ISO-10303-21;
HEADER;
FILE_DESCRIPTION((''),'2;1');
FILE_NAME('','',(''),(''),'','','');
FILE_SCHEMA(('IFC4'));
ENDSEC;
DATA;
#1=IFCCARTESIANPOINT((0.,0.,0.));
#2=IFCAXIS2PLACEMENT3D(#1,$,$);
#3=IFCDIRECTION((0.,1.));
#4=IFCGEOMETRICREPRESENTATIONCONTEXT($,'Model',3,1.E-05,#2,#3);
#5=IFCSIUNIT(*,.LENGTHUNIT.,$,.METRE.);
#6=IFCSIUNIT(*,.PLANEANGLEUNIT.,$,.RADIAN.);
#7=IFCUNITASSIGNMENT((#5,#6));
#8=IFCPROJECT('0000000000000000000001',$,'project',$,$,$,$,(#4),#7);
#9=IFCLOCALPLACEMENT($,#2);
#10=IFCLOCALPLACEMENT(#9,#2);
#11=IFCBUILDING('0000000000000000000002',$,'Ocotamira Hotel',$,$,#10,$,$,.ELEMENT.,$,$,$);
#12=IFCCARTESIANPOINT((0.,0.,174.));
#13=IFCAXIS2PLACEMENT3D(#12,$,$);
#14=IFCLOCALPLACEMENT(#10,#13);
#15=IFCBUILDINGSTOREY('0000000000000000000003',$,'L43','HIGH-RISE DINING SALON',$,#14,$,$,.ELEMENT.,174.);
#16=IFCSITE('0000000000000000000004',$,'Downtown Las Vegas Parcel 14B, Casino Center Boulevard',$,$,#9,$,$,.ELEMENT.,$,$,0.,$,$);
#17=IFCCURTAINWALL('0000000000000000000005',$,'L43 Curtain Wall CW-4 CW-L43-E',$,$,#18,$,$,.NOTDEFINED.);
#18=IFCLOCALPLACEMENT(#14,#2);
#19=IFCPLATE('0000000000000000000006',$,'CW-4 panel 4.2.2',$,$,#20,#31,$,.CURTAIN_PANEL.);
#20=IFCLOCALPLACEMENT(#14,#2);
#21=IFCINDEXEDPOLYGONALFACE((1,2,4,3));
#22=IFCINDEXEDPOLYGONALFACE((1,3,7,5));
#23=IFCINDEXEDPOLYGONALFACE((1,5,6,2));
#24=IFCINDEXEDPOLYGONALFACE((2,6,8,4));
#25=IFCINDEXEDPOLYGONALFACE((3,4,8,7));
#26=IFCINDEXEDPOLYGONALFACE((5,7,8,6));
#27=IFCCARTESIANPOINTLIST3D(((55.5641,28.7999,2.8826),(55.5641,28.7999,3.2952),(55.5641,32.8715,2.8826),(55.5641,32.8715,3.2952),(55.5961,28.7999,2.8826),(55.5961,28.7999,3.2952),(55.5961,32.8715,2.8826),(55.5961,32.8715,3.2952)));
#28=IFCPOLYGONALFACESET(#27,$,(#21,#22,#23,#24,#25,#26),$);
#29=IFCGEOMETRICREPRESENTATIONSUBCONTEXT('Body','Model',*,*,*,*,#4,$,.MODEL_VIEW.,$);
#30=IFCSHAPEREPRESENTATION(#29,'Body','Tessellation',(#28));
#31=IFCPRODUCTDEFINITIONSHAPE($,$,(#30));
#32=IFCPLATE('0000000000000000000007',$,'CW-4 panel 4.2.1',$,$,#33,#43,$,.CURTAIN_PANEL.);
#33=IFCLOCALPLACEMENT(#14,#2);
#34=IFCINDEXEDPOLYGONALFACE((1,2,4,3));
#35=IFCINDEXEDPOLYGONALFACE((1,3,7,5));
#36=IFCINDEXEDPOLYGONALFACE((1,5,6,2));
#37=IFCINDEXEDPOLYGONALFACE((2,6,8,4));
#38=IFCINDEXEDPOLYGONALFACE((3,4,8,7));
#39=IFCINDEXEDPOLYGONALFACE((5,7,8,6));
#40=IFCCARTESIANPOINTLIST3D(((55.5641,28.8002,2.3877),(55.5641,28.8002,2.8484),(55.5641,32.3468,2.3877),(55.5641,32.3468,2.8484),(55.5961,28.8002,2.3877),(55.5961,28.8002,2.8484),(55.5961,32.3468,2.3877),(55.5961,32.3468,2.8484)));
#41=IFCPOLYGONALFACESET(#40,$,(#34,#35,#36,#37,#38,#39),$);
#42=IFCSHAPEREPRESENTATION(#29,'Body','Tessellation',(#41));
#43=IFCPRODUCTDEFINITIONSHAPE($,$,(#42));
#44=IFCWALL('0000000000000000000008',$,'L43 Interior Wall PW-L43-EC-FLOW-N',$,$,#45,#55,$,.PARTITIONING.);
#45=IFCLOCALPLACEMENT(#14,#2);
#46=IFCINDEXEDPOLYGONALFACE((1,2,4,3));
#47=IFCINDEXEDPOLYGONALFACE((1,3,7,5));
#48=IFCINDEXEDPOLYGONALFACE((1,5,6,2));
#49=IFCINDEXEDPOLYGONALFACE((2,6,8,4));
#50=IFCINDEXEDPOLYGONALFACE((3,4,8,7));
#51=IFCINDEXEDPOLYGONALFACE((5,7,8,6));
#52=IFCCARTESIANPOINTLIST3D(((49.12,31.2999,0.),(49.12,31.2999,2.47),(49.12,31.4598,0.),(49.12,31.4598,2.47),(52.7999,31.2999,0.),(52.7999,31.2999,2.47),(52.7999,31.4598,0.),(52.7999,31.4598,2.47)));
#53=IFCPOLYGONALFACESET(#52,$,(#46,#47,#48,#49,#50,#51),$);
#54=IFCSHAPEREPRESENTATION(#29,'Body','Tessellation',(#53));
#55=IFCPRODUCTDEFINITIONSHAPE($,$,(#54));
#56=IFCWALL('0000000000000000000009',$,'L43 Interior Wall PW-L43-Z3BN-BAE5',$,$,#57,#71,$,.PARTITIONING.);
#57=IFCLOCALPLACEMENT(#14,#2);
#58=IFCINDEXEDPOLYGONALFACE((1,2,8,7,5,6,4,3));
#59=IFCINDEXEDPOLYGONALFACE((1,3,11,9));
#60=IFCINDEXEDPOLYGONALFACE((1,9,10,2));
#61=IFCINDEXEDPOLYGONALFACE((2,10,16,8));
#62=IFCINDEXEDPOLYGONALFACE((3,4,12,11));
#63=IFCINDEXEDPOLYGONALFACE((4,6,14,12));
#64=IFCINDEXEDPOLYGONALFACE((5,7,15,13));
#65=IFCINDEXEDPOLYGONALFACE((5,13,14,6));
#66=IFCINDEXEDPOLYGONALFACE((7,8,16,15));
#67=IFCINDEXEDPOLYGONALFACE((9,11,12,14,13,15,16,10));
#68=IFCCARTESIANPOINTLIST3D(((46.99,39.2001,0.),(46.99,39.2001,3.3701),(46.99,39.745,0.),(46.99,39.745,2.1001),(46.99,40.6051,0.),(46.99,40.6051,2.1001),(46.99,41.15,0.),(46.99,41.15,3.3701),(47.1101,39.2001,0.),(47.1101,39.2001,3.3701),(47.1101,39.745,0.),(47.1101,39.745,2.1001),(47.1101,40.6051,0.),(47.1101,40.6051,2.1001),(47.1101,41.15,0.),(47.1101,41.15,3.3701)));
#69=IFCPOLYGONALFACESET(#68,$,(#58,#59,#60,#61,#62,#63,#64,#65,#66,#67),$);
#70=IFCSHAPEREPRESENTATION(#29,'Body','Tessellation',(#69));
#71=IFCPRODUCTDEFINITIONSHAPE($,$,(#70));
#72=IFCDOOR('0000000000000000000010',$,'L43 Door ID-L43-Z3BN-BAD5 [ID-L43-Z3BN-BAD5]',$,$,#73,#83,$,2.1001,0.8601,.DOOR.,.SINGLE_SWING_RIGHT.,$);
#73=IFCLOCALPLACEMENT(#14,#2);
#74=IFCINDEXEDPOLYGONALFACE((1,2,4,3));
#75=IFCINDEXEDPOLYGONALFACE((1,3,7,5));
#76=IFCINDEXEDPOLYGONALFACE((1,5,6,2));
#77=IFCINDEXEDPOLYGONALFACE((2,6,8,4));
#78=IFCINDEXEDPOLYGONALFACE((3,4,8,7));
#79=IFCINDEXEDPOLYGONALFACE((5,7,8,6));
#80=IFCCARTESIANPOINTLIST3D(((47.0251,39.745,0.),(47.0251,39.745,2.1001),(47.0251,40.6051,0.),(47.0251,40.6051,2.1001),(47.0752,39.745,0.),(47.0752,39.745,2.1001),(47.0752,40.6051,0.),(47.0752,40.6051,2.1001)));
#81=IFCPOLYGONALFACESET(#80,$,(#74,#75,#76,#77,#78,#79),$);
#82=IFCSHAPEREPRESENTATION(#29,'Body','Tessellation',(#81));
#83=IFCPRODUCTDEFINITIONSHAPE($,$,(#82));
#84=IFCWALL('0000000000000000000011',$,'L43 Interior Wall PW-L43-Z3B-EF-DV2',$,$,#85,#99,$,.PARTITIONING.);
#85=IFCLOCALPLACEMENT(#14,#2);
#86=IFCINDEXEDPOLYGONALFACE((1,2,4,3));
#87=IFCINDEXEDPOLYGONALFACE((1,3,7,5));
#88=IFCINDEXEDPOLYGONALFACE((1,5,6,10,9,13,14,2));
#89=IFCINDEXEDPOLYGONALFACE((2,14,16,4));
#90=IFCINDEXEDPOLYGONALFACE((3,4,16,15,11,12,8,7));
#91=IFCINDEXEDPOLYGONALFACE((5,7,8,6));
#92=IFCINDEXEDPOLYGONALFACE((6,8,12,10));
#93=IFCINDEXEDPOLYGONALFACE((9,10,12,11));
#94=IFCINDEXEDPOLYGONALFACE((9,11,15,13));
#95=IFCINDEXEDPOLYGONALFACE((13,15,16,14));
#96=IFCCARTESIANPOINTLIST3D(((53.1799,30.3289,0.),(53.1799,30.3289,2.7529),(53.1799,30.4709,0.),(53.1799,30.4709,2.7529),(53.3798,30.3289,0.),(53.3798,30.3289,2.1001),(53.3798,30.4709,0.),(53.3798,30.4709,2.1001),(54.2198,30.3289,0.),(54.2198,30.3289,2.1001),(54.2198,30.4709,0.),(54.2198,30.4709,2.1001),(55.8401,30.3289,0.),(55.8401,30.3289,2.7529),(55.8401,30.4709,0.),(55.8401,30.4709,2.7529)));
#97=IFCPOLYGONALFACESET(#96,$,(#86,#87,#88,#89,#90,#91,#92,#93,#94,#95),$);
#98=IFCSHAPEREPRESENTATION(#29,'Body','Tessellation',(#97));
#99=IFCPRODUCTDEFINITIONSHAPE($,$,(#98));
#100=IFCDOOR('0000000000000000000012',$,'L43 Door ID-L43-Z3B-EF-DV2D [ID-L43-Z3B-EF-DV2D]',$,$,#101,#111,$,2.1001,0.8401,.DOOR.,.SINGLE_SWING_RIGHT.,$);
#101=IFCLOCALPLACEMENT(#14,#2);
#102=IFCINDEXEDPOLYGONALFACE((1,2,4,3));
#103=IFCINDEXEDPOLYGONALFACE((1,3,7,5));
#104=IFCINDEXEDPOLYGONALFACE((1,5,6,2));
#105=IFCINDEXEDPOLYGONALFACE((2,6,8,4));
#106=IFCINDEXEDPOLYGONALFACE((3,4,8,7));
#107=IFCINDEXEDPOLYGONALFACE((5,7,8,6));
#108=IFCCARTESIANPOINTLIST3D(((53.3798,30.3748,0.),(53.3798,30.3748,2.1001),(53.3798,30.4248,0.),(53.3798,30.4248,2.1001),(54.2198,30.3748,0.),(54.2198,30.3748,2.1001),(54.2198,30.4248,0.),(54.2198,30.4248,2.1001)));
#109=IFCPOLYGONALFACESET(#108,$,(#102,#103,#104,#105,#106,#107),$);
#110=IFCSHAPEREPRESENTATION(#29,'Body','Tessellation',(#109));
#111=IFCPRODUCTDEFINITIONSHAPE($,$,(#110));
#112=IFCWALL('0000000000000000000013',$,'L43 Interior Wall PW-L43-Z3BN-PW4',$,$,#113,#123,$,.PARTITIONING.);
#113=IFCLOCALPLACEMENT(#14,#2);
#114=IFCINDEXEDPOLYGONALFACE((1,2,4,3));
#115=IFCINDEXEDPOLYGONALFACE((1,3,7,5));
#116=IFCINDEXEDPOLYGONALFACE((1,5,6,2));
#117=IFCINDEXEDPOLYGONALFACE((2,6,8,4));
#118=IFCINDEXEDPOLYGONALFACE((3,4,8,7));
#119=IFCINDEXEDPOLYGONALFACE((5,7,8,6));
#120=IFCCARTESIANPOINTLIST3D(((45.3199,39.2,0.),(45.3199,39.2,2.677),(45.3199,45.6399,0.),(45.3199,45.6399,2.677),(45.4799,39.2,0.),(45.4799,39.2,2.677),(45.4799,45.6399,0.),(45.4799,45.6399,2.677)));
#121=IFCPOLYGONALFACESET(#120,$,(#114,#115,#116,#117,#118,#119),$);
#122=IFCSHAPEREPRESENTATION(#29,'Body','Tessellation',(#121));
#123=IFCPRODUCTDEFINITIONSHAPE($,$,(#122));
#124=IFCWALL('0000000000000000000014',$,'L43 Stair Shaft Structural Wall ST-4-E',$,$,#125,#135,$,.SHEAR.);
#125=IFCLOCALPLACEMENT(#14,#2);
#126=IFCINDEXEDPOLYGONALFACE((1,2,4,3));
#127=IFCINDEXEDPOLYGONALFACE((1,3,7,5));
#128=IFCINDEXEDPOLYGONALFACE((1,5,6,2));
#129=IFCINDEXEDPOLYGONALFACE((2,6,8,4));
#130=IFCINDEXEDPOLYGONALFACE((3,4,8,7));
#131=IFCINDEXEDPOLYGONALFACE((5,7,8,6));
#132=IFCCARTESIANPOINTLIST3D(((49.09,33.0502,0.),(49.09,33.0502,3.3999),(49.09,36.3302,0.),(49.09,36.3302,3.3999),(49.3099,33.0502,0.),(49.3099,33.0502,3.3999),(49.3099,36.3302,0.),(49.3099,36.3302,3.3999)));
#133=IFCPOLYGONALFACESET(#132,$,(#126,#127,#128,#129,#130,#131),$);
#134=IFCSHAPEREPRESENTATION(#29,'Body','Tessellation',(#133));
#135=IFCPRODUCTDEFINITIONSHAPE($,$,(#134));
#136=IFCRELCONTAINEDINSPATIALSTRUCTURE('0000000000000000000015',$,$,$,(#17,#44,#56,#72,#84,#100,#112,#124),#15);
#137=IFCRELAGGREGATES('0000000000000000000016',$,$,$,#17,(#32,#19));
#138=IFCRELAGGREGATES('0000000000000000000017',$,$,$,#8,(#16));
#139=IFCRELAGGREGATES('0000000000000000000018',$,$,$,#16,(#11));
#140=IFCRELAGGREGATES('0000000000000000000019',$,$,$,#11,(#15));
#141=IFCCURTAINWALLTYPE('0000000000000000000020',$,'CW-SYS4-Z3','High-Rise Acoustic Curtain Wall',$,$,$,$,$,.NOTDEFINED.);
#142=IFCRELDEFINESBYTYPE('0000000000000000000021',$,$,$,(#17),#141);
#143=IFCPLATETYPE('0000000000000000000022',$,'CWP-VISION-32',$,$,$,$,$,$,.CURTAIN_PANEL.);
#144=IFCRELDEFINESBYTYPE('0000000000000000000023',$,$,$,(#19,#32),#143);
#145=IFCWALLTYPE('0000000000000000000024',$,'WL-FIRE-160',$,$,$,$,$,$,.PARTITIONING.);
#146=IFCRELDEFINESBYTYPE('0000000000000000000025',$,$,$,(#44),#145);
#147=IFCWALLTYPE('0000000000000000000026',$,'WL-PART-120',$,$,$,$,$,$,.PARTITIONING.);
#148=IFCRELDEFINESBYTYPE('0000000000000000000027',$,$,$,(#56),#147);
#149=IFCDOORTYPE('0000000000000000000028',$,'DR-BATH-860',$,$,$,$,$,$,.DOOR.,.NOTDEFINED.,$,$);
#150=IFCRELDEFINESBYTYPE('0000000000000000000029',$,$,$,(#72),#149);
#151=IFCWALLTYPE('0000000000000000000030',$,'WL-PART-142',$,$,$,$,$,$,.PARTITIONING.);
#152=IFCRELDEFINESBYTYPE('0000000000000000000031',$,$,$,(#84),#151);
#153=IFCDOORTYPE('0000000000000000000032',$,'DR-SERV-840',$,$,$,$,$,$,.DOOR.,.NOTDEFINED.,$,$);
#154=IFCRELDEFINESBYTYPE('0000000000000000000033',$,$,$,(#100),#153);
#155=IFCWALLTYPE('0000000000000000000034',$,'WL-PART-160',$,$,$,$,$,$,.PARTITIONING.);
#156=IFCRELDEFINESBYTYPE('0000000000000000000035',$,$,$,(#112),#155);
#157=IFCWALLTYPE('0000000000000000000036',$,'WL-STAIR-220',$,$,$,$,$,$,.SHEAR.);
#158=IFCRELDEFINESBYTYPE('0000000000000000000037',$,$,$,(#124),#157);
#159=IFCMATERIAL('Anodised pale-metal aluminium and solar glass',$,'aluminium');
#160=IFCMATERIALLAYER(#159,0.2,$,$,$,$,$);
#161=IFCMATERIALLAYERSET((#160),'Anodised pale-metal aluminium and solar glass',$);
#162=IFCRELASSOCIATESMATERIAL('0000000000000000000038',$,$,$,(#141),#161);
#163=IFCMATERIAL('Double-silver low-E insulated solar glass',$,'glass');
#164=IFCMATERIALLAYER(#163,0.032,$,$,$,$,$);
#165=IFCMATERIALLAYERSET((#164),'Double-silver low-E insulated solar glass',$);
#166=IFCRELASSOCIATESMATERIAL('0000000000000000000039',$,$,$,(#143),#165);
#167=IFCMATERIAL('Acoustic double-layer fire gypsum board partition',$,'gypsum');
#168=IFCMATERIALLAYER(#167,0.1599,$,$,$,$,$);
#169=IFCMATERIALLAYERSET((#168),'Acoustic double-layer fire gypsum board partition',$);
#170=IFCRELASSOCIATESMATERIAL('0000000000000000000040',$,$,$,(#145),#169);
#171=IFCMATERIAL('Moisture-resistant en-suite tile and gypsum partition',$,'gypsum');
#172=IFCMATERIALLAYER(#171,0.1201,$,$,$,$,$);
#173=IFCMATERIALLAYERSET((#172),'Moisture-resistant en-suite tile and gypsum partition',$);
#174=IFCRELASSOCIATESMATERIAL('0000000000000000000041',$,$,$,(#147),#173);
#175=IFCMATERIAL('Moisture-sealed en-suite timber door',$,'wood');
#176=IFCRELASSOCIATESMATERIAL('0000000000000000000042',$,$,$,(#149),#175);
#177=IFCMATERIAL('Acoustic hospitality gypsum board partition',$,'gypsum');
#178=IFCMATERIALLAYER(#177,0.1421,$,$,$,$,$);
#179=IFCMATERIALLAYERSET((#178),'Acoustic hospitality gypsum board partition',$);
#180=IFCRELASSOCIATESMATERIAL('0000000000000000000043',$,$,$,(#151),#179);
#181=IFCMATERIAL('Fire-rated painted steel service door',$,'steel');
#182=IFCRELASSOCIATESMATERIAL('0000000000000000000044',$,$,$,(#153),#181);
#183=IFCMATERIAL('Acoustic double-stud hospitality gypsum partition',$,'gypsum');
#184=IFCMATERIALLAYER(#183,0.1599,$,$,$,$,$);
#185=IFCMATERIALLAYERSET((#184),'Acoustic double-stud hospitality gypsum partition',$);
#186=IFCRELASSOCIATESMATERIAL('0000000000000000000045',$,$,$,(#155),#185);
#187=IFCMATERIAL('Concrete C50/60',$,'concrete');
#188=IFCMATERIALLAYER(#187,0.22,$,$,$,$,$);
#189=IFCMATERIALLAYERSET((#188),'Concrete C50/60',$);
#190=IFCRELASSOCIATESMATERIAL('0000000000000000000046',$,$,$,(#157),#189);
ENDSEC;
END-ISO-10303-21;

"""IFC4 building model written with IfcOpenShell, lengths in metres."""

from ifc_helpers import new_model, si_unit, direction, frame, frame_2d, origin, origin_2d, place, context, subcontext, project, spatial, rectangle, extrude, source, transform, mapped, material, layer, layer_set, type_object, element, fill, aggregate, save


model = new_model("IFC4")

# Units and contexts
model_context = context("Model", 3, precision=1e-05, world=origin(), true_north=direction((0.0, 1.0)))
body_context = subcontext(model_context, "Body", "Model", "MODEL_VIEW")
ifc_project = project(units=[si_unit("LENGTHUNIT", "METRE"), si_unit("PLANEANGLEUNIT", "RADIAN")], contexts=[model_context])

# Site, building, storey
site_placement = place(None, origin())
site = spatial("IfcSite", under=ifc_project, at=site_placement, Name="Downtown Las Vegas Parcel 14B, Casino Center Boulevard", CompositionType="ELEMENT", RefElevation=0.0)
building_placement = place(site_placement, origin())
building = spatial("IfcBuilding", under=site, at=building_placement, Name="Ocotamira Hotel", CompositionType="ELEMENT")
storey_placement = place(building_placement, frame((0.0, 0.0, 174.0)))
storey = spatial("IfcBuildingStorey", under=building, at=storey_placement, Name="L43", Description="HIGH-RISE DINING SALON", CompositionType="ELEMENT", Elevation=174.0)

# Curtain wall
ifc_material_1 = material(Name="Anodised pale-metal aluminium and solar glass", Category="aluminium")
ifc_layer_1 = layer(ifc_material_1, 0.2)
ifc_layer_set_1 = layer_set([ifc_layer_1], Name="Anodised pale-metal aluminium and solar glass")
curtain_wall_type = type_object("IfcCurtainWallType", Name="CW-SYS4-Z3", Description="High-Rise Acoustic Curtain Wall", PredefinedType="NOTDEFINED", material=ifc_layer_set_1)
curtain_wall_placement = place(storey_placement, origin())
curtain_wall = element("IfcCurtainWall", 1, at=curtain_wall_placement, inside=storey, type_object=curtain_wall_type, Name="L43 Curtain Wall CW-4 CW-L43-E", PredefinedType="NOTDEFINED")

# Plates
ifc_material_2 = material(Name="Double-silver low-E insulated solar glass", Category="glass")
ifc_layer_2 = layer(ifc_material_2, 0.032)
ifc_layer_set_2 = layer_set([ifc_layer_2], Name="Double-silver low-E insulated solar glass")
plate_type_1 = type_object("IfcPlateType", Name="CWP-VISION-32", PredefinedType="CURTAIN_PANEL", material=ifc_layer_set_2)
shared_shape_1 = source(origin(), body_context, "Body", "SweptSolid", [
    extrude(rectangle(XDim=4.0715, YDim=0.032, at=origin_2d()), origin(), (0.0, 0.0, 1.0), 0.4126),
])
plate_1_placement = place(storey_placement, frame((55.5801, 30.8357, 2.8826), z_axis=(0.0, 0.0, 1.0), x_axis=(0.0, 1.0, 0.0)))
plate_1 = element("IfcPlate", 2, at=plate_1_placement, type_object=plate_type_1, Name="CW-4 panel 4.2.2", PredefinedType="CURTAIN_PANEL", context=body_context, shape_type="MappedRepresentation", body=[
    mapped(shared_shape_1, transform((0.0, 0.0, 0.0), scale=1.0)),
])
shared_shape_2 = source(origin(), body_context, "Body", "SweptSolid", [
    extrude(rectangle(XDim=3.5466, YDim=0.032, at=origin_2d()), origin(), (0.0, 0.0, 1.0), 0.4607),
])
plate_2_placement = place(storey_placement, frame((55.5801, 30.5735, 2.3877), z_axis=(0.0, 0.0, 1.0), x_axis=(0.0, 1.0, 0.0)))
plate_2 = element("IfcPlate", 3, at=plate_2_placement, type_object=plate_type_1, Name="CW-4 panel 4.2.1", PredefinedType="CURTAIN_PANEL", context=body_context, shape_type="MappedRepresentation", body=[
    mapped(shared_shape_2, transform((0.0, 0.0, 0.0), scale=1.0)),
])
aggregate(curtain_wall, [plate_2, plate_1])

# Wall
ifc_material_3 = material(Name="Acoustic double-layer fire gypsum board partition", Category="gypsum")
ifc_layer_3 = layer(ifc_material_3, 0.1599)
ifc_layer_set_3 = layer_set([ifc_layer_3], Name="Acoustic double-layer fire gypsum board partition")
wall_type_1 = type_object("IfcWallType", Name="WL-FIRE-160", PredefinedType="PARTITIONING", material=ifc_layer_set_3)
wall_1_placement = place(storey_placement, frame((49.1201, 31.3799, 0.0), z_axis=(0.0, 0.0, 1.0), x_axis=(1.0, 0.0, 0.0)))
element("IfcWall", 4, at=wall_1_placement, inside=storey, type_object=wall_type_1, Name="L43 Interior Wall PW-L43-EC-FLOW-N", PredefinedType="PARTITIONING", context=body_context, shape_type="SweptSolid", body=[
    extrude(rectangle(XDim=3.6799, YDim=0.1599, at=frame_2d((1.8398, 0.0))), origin(), (0.0, 0.0, 1.0), 2.47),
])

# Walls, openings, doors
ifc_material_4 = material(Name="Moisture-resistant en-suite tile and gypsum partition", Category="gypsum")
ifc_layer_4 = layer(ifc_material_4, 0.1201)
ifc_layer_set_4 = layer_set([ifc_layer_4], Name="Moisture-resistant en-suite tile and gypsum partition")
wall_type_2 = type_object("IfcWallType", Name="WL-PART-120", PredefinedType="PARTITIONING", material=ifc_layer_set_4)
wall_2_placement = place(storey_placement, frame((47.05, 39.2, 0.0), z_axis=(0.0, 0.0, 1.0), x_axis=(0.0, 1.0, 0.0)))
wall_2 = element("IfcWall", 5, at=wall_2_placement, inside=storey, type_object=wall_type_2, Name="L43 Interior Wall PW-L43-Z3BN-BAE5", PredefinedType="PARTITIONING", context=body_context, shape_type="SweptSolid", body=[
    extrude(rectangle(XDim=1.95, YDim=0.1201, at=frame_2d((0.9751, 0.0))), origin(), (0.0, 0.0, 1.0), 3.3701),
])
opening_1_placement = place(wall_2_placement, frame((0.5449, 0.0, 0.0)))
opening_1 = element("IfcOpeningElement", 6, at=opening_1_placement, cuts=wall_2, PredefinedType="OPENING", context=body_context, shape_type="SweptSolid", body=[
    extrude(rectangle(XDim=0.8601, YDim=2.1001, at=frame_2d((0.4302, 1.05))), frame((0.0, 0.0701, 0.0), z_axis=(0.0, -1.0, 0.0), x_axis=(1.0, 0.0, 0.0)), (0.0, 0.0, 1.0), 0.1401),
])
ifc_material_5 = material(Name="Moisture-sealed en-suite timber door", Category="wood")
door_type_1 = type_object("IfcDoorType", Name="DR-BATH-860", OperationType="NOTDEFINED", PredefinedType="DOOR", material=ifc_material_5)
shared_shape_3 = source(origin(), body_context, "Body", "SweptSolid", [
    extrude(rectangle(XDim=0.8601, YDim=2.1001, at=frame_2d((0.4302, 1.05))), frame((0.0, 0.0249, 0.0), z_axis=(0.0, -1.0, 0.0), x_axis=(1.0, 0.0, 0.0)), (0.0, 0.0, 1.0), 0.05),
])
door_1_placement = place(opening_1_placement, origin())
door_1 = element("IfcDoor", 7, at=door_1_placement, inside=storey, type_object=door_type_1, Name="L43 Door ID-L43-Z3BN-BAD5 [ID-L43-Z3BN-BAD5]", OperationType="SINGLE_SWING_RIGHT", OverallHeight=2.1001, OverallWidth=0.8601, PredefinedType="DOOR", context=body_context, shape_type="MappedRepresentation", body=[
    mapped(shared_shape_3, transform((0.0, 0.0, 0.0), scale=1.0)),
])
fill(opening_1, door_1)
ifc_material_6 = material(Name="Acoustic hospitality gypsum board partition", Category="gypsum")
ifc_layer_5 = layer(ifc_material_6, 0.1421)
ifc_layer_set_5 = layer_set([ifc_layer_5], Name="Acoustic hospitality gypsum board partition")
wall_type_3 = type_object("IfcWallType", Name="WL-PART-142", PredefinedType="PARTITIONING", material=ifc_layer_set_5)
wall_3_placement = place(storey_placement, frame((53.1799, 30.3999, 0.0), z_axis=(0.0, 0.0, 1.0), x_axis=(1.0, 0.0, 0.0)))
wall_3 = element("IfcWall", 8, at=wall_3_placement, inside=storey, type_object=wall_type_3, Name="L43 Interior Wall PW-L43-Z3B-EF-DV2", PredefinedType="PARTITIONING", context=body_context, shape_type="SweptSolid", body=[
    extrude(rectangle(XDim=2.6602, YDim=0.1421, at=frame_2d((1.3301, 0.0))), origin(), (0.0, 0.0, 1.0), 2.7529),
])
opening_2_placement = place(wall_3_placement, frame((0.2, 0.0, 0.0)))
opening_2 = element("IfcOpeningElement", 9, at=opening_2_placement, cuts=wall_3, PredefinedType="OPENING", context=body_context, shape_type="SweptSolid", body=[
    extrude(rectangle(XDim=0.8401, YDim=2.1001, at=frame_2d((0.4199, 1.05))), frame((0.0, 0.0811, 0.0), z_axis=(0.0, -1.0, 0.0), x_axis=(1.0, 0.0, 0.0)), (0.0, 0.0, 1.0), 0.1621),
])
ifc_material_7 = material(Name="Fire-rated painted steel service door", Category="steel")
door_type_2 = type_object("IfcDoorType", Name="DR-SERV-840", OperationType="NOTDEFINED", PredefinedType="DOOR", material=ifc_material_7)
shared_shape_4 = source(origin(), body_context, "Body", "SweptSolid", [
    extrude(rectangle(XDim=0.8401, YDim=2.1001, at=frame_2d((0.4199, 1.05))), frame((0.0, 0.0249, 0.0), z_axis=(0.0, -1.0, 0.0), x_axis=(1.0, 0.0, 0.0)), (0.0, 0.0, 1.0), 0.05),
])
door_2_placement = place(opening_2_placement, origin())
door_2 = element("IfcDoor", 10, at=door_2_placement, inside=storey, type_object=door_type_2, Name="L43 Door ID-L43-Z3B-EF-DV2D [ID-L43-Z3B-EF-DV2D]", OperationType="SINGLE_SWING_RIGHT", OverallHeight=2.1001, OverallWidth=0.8401, PredefinedType="DOOR", context=body_context, shape_type="MappedRepresentation", body=[
    mapped(shared_shape_4, transform((0.0, 0.0, 0.0), scale=1.0)),
])
fill(opening_2, door_2)

# Walls
ifc_material_8 = material(Name="Acoustic double-stud hospitality gypsum partition", Category="gypsum")
ifc_layer_6 = layer(ifc_material_8, 0.1599)
ifc_layer_set_6 = layer_set([ifc_layer_6], Name="Acoustic double-stud hospitality gypsum partition")
wall_type_4 = type_object("IfcWallType", Name="WL-PART-160", PredefinedType="PARTITIONING", material=ifc_layer_set_6)
wall_4_placement = place(storey_placement, frame((45.3999, 39.2, 0.0), z_axis=(0.0, 0.0, 1.0), x_axis=(0.0, 1.0, 0.0)))
element("IfcWall", 11, at=wall_4_placement, inside=storey, type_object=wall_type_4, Name="L43 Interior Wall PW-L43-Z3BN-PW4", PredefinedType="PARTITIONING", context=body_context, shape_type="SweptSolid", body=[
    extrude(rectangle(XDim=6.4399, YDim=0.1599, at=frame_2d((3.22, 0.0))), origin(), (0.0, 0.0, 1.0), 2.677),
])
ifc_material_9 = material(Name="Concrete C50/60", Category="concrete")
ifc_layer_7 = layer(ifc_material_9, 0.22)
ifc_layer_set_7 = layer_set([ifc_layer_7], Name="Concrete C50/60")
wall_type_5 = type_object("IfcWallType", Name="WL-STAIR-220", PredefinedType="SHEAR", material=ifc_layer_set_7)
wall_5_placement = place(storey_placement, frame((49.2, 33.05, 0.0), z_axis=(0.0, 0.0, 1.0), x_axis=(0.0, 1.0, 0.0)))
element("IfcWall", 12, at=wall_5_placement, inside=storey, type_object=wall_type_5, Name="L43 Stair Shaft Structural Wall ST-4-E", PredefinedType="SHEAR", context=body_context, shape_type="SweptSolid", body=[
    extrude(rectangle(XDim=3.28, YDim=0.22, at=frame_2d((1.6401, 0.0))), origin(), (0.0, 0.0, 1.0), 3.3999),
])

save(model, "model.ifc")
